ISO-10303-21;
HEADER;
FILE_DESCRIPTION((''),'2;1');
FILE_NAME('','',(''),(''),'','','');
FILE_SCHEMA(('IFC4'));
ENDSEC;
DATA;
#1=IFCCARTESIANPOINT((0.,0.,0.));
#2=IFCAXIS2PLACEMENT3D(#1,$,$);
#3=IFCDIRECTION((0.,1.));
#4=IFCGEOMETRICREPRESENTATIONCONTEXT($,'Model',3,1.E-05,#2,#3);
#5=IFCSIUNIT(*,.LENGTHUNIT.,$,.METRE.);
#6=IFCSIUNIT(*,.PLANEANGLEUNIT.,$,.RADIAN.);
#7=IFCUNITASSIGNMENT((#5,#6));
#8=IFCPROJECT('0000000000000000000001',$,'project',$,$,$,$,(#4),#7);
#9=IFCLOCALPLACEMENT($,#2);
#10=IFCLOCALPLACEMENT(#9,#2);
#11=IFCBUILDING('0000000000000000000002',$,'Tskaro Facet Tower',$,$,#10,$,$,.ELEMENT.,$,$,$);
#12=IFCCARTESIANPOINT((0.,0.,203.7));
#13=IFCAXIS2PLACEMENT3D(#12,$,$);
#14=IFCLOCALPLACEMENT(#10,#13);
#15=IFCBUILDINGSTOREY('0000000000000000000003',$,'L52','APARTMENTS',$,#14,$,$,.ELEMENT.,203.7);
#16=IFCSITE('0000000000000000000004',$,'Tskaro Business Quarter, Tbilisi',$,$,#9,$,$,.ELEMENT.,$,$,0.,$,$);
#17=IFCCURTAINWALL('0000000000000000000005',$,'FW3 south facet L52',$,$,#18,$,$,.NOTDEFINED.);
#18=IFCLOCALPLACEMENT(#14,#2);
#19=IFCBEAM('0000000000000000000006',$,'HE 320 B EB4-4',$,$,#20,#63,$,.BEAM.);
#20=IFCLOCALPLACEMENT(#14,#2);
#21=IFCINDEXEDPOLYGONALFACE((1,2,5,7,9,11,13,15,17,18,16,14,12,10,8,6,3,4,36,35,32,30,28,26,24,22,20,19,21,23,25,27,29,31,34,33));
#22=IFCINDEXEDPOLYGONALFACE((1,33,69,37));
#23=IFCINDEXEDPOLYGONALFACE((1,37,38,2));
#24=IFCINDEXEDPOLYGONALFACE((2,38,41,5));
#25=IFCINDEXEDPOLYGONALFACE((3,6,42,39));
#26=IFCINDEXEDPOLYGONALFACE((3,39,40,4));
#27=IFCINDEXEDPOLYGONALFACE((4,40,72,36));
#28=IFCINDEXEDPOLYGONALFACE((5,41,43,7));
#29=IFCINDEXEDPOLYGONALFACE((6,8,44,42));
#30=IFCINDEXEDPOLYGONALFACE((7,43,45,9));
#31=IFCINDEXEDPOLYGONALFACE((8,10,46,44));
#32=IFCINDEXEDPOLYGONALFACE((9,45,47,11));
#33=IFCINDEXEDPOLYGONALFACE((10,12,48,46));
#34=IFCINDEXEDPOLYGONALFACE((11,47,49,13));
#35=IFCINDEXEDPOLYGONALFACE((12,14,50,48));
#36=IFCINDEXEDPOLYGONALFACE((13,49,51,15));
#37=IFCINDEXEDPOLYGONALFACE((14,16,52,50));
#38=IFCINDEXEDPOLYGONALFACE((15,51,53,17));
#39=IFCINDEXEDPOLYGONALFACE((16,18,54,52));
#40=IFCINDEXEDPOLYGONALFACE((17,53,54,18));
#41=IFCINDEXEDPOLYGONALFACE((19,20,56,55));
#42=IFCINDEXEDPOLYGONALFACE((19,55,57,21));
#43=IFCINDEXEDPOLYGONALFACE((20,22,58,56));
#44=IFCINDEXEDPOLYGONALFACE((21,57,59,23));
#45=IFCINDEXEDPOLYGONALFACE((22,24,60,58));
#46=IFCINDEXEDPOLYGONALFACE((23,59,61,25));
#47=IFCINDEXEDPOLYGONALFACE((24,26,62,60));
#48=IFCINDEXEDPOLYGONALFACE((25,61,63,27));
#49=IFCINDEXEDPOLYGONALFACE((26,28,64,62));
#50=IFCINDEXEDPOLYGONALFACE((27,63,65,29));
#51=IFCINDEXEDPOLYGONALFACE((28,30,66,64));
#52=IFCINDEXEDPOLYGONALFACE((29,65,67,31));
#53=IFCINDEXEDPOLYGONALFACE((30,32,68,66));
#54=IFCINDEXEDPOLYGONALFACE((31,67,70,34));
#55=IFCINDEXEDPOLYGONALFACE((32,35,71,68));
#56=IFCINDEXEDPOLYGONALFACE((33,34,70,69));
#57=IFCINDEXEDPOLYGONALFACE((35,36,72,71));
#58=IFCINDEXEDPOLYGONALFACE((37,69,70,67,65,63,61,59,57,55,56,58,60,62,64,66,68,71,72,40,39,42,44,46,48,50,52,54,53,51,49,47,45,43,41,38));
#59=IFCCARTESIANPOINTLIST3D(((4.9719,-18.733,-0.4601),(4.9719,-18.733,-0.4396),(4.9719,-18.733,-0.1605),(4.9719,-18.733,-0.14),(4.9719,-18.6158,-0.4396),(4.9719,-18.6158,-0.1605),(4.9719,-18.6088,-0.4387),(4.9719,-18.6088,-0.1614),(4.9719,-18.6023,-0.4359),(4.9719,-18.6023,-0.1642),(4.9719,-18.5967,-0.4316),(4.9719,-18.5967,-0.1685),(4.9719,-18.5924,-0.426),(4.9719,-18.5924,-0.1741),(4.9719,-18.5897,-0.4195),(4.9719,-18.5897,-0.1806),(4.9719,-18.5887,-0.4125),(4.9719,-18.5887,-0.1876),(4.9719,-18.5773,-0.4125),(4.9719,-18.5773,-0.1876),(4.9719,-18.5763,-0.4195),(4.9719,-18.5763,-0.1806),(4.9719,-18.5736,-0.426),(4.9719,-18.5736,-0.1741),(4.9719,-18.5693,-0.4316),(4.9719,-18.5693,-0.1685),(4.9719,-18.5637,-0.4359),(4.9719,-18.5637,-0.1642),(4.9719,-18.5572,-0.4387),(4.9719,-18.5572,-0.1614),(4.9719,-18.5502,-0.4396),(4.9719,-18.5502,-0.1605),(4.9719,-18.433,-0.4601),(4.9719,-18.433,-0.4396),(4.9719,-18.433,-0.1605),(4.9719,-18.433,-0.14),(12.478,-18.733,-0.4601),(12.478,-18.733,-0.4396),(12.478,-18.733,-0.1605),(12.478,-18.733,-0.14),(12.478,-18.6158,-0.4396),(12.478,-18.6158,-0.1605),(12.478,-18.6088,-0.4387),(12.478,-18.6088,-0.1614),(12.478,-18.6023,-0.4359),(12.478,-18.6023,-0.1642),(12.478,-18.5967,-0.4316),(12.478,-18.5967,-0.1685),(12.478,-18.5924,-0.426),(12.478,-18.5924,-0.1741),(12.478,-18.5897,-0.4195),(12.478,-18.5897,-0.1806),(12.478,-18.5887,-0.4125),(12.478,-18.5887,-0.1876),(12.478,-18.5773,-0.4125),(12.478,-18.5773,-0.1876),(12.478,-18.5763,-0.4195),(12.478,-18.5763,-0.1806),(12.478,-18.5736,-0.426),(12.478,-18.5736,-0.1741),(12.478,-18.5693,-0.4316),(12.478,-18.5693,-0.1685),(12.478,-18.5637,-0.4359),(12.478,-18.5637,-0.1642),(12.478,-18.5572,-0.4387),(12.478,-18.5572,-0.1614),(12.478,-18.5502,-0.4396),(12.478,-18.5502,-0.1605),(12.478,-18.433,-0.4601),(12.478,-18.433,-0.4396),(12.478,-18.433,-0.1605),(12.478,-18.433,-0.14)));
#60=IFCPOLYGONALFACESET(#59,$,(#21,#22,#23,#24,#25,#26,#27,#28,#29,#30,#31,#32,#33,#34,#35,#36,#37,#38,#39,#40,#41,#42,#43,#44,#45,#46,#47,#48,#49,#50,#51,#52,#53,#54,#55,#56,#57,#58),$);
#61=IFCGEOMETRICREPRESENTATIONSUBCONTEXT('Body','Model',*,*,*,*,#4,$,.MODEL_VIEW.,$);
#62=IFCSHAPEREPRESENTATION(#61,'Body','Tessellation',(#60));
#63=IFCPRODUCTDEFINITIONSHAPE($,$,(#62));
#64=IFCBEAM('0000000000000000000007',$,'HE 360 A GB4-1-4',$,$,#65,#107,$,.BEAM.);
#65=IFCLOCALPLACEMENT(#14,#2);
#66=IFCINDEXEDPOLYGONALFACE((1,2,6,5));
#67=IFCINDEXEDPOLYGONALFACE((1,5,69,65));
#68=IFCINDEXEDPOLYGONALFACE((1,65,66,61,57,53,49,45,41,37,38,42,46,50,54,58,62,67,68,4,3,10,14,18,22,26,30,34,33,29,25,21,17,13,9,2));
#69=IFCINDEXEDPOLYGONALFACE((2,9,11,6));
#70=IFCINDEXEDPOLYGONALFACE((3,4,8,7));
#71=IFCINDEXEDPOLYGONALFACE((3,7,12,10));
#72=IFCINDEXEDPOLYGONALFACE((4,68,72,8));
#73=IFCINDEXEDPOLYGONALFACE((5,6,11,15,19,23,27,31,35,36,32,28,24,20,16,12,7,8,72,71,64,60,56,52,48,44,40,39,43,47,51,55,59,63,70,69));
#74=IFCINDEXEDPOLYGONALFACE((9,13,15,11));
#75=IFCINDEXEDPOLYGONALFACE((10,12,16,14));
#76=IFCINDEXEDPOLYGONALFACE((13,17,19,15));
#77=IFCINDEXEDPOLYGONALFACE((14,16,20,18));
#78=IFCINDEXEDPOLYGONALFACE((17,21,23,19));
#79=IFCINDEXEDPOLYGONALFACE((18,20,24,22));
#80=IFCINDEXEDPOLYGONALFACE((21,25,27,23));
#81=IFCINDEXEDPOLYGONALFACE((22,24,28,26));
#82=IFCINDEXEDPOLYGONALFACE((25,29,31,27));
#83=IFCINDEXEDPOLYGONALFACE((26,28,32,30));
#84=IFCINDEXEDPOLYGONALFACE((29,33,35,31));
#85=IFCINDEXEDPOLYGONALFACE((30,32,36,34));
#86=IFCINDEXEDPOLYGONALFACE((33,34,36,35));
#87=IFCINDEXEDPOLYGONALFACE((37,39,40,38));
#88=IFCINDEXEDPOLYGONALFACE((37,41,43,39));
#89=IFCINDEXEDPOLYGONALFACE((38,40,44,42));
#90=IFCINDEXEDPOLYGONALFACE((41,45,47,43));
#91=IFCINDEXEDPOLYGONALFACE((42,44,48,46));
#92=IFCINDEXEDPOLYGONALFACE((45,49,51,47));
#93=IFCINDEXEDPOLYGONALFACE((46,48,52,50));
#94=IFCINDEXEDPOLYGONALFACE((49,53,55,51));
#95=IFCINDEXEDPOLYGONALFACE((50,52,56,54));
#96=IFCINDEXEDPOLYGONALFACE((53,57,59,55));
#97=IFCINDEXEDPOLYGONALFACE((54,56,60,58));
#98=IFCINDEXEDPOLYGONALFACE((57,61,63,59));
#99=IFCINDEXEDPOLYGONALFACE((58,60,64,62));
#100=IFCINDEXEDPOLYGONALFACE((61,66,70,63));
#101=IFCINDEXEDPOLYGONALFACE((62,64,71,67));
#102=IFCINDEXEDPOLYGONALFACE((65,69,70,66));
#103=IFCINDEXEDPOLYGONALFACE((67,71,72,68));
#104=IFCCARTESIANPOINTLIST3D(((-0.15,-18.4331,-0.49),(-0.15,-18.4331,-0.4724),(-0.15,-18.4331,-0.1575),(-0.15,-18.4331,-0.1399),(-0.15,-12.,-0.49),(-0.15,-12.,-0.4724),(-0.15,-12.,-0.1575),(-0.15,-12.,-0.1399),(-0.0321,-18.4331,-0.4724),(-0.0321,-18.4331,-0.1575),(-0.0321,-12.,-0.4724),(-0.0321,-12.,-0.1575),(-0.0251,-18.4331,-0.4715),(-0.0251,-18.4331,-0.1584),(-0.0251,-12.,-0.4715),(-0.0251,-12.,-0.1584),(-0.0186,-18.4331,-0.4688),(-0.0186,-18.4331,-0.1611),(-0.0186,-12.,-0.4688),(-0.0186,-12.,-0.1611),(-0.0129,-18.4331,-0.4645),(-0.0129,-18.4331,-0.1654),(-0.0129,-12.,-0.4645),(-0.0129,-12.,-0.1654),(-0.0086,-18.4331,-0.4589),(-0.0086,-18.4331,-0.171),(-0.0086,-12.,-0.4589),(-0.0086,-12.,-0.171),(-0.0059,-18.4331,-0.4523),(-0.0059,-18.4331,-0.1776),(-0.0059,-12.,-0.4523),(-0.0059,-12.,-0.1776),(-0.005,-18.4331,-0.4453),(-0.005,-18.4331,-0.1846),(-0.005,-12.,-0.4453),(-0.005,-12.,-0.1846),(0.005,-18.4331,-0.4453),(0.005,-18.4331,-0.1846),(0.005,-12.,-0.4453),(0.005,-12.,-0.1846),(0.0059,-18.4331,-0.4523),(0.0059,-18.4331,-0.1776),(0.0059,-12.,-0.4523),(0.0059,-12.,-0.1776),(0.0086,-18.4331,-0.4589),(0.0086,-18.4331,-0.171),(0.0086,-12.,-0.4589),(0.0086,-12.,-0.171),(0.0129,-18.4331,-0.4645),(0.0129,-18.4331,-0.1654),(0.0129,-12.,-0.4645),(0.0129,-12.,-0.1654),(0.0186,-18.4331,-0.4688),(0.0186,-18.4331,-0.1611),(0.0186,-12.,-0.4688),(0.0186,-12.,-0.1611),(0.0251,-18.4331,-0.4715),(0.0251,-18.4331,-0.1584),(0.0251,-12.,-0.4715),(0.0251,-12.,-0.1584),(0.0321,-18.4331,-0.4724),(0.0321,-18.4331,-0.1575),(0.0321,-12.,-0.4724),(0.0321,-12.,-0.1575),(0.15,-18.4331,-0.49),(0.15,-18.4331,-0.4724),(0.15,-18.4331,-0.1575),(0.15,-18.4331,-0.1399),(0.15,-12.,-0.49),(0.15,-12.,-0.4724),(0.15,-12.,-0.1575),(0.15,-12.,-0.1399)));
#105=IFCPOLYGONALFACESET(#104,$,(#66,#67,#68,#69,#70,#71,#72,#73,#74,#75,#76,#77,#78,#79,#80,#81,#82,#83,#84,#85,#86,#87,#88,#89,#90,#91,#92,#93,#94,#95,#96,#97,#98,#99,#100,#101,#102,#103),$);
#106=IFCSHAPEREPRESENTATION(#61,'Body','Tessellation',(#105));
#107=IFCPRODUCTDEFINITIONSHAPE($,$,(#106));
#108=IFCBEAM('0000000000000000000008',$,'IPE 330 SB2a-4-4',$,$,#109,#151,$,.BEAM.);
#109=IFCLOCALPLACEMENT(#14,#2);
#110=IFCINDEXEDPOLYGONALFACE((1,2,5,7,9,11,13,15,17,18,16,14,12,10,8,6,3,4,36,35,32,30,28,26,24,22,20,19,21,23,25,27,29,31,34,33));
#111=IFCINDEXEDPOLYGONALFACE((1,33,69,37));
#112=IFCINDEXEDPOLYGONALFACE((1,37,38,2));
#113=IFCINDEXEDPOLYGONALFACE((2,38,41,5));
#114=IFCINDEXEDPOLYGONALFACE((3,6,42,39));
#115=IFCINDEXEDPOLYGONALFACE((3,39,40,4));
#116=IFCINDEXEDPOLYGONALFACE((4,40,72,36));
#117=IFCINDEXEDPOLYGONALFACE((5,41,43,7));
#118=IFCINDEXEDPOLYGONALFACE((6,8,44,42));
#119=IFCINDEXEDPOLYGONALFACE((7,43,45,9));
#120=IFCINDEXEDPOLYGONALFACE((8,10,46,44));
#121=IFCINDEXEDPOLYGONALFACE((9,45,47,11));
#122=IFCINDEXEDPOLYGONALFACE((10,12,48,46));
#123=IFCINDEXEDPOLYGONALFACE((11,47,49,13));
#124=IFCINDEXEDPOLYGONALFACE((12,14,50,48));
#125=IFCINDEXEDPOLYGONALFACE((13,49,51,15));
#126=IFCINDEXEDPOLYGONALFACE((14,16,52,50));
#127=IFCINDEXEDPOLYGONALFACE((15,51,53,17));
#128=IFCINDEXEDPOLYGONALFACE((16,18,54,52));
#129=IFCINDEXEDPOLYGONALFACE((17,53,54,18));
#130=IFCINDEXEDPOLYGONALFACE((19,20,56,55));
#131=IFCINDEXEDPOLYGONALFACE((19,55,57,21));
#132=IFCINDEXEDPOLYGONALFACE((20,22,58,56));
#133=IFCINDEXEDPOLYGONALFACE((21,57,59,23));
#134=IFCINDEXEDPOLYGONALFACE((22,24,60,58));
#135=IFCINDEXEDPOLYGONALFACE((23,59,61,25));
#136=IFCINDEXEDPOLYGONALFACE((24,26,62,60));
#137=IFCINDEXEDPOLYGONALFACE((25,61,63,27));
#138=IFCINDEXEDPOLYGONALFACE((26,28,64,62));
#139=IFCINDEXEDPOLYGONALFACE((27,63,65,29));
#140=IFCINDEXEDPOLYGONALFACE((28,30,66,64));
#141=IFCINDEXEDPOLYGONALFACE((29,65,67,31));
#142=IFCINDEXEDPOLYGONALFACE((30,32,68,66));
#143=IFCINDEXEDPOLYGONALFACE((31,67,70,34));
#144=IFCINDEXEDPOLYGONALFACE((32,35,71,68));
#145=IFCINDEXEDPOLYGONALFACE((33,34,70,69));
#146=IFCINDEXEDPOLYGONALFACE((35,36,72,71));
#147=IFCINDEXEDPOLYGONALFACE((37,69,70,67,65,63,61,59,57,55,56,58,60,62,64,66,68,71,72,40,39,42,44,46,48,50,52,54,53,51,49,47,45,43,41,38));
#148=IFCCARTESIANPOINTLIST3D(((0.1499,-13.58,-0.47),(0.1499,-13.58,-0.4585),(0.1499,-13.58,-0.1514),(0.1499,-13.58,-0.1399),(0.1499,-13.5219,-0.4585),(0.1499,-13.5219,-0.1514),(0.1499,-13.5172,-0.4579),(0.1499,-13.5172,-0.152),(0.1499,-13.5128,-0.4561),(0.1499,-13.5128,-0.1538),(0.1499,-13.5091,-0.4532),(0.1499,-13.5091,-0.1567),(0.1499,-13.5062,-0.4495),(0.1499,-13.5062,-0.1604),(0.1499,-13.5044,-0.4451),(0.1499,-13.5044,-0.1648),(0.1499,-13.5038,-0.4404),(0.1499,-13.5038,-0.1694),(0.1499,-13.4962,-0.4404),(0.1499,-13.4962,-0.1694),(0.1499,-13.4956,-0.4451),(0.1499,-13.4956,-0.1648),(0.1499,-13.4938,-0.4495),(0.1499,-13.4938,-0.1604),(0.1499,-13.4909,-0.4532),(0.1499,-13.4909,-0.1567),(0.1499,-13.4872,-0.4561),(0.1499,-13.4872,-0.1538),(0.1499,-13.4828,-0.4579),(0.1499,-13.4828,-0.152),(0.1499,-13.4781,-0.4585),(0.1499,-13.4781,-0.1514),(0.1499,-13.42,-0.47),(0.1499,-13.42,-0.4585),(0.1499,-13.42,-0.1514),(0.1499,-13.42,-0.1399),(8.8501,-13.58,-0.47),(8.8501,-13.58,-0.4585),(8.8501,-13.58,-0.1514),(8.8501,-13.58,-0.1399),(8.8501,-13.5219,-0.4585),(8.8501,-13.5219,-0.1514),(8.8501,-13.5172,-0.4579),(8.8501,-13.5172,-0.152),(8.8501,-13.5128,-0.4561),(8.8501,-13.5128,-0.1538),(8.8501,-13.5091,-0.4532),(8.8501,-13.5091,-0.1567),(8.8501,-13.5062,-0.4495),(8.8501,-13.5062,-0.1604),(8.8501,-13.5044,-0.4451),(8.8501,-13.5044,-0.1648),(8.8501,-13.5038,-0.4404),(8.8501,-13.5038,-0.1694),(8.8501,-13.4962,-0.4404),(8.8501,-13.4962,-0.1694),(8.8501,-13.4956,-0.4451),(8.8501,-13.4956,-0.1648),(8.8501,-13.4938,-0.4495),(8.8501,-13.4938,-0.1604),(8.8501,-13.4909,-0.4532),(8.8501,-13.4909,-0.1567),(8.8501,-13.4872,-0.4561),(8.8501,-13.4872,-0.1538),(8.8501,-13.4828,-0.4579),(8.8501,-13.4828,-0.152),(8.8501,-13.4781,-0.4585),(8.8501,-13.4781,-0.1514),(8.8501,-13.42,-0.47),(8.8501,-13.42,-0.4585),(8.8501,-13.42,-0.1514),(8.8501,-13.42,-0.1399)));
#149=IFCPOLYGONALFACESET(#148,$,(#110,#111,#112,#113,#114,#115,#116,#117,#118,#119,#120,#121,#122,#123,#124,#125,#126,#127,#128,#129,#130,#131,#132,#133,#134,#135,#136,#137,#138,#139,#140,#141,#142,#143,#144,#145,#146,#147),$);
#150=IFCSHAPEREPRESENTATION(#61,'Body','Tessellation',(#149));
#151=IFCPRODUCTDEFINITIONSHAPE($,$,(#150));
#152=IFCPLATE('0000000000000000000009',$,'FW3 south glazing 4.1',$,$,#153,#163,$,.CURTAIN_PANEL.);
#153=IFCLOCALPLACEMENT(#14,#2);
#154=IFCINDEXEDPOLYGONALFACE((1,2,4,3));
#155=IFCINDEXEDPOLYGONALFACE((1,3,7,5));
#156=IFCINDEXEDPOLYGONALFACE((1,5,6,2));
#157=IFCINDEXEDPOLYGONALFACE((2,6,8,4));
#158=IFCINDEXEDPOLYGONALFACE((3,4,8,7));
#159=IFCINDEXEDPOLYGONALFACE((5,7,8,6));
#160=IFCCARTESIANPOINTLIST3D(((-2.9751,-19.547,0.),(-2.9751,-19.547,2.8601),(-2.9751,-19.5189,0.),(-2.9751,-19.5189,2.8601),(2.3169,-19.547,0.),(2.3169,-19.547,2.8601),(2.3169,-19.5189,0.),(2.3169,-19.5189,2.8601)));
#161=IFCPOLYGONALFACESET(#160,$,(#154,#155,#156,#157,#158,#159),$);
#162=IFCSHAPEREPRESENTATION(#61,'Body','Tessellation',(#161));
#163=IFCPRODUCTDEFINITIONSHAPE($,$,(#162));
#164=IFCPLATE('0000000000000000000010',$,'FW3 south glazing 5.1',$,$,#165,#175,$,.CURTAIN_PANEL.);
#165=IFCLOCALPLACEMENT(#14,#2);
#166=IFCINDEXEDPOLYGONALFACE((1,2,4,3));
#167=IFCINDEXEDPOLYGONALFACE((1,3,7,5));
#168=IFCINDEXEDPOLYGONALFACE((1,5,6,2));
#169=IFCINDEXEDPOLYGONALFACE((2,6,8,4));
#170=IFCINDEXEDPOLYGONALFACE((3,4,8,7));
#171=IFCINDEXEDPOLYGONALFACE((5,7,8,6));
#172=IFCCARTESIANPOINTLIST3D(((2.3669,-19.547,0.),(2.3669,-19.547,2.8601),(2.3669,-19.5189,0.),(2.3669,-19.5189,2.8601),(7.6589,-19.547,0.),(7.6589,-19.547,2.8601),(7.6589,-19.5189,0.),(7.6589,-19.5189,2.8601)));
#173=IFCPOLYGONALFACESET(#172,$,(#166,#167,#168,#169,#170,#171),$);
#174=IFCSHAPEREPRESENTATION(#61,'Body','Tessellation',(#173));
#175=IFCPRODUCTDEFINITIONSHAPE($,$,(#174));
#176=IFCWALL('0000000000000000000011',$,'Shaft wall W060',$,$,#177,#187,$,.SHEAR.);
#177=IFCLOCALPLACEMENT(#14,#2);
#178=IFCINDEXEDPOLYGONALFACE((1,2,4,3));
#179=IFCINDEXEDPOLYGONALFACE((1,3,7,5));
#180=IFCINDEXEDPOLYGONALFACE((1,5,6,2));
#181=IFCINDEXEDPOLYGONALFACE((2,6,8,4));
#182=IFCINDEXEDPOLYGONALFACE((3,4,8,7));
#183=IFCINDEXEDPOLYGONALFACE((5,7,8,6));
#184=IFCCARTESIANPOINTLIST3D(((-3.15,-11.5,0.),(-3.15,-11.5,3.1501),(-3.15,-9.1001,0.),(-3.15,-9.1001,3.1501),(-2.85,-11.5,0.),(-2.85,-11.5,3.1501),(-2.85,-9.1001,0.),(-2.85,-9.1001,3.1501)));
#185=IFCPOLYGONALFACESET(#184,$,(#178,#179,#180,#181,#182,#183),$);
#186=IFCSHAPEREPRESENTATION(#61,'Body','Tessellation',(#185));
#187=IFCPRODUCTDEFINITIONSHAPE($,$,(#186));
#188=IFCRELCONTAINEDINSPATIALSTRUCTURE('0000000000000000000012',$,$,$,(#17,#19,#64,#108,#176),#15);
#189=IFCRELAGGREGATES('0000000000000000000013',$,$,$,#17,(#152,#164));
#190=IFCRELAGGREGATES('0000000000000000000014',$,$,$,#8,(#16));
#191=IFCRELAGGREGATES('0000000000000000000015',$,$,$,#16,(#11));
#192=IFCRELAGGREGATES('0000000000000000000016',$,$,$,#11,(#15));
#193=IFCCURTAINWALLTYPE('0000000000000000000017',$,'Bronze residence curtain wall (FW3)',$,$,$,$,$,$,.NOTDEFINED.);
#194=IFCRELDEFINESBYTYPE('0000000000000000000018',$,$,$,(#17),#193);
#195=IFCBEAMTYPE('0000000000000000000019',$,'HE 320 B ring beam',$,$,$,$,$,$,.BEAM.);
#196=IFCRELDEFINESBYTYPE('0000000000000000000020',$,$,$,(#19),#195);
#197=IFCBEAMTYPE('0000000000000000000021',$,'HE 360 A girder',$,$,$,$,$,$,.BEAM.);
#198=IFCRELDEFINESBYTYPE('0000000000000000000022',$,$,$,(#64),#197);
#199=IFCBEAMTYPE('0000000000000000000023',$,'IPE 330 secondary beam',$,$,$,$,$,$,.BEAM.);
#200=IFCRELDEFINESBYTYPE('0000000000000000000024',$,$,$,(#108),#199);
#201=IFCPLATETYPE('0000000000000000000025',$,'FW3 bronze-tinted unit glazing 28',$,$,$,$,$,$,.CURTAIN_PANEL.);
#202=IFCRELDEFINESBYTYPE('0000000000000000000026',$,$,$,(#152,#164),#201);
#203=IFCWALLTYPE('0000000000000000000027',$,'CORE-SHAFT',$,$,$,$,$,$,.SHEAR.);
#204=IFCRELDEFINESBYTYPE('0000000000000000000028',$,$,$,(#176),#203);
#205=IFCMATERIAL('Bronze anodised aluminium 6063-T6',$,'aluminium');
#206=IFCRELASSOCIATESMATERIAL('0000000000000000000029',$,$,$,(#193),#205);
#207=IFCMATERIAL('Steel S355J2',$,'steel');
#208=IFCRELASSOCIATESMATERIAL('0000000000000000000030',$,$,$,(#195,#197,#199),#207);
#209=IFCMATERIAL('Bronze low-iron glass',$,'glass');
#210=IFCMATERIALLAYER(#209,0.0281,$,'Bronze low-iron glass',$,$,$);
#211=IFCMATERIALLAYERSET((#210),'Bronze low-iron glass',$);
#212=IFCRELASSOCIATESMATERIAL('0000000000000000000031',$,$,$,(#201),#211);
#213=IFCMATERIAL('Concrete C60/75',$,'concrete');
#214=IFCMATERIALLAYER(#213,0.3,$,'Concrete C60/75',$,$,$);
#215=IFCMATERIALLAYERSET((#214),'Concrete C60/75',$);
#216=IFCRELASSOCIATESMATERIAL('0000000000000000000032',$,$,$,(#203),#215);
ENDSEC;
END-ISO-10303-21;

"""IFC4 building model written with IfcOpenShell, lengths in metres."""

from ifc_helpers import new_model, si_unit, direction, frame, frame_2d, origin, origin_2d, place, context, subcontext, project, spatial, rectangle, i_section, extrude, material, layer, layer_set, material_profile, profile_set, type_object, element, aggregate, save


model = new_model("IFC4")

# Units and contexts
model_context = context("Model", 3, precision=1e-05, world=origin(), true_north=direction((0.0, 1.0)))
body_context = subcontext(model_context, "Body", "Model", "MODEL_VIEW")
ifc_project = project(units=[si_unit("LENGTHUNIT", "METRE"), si_unit("PLANEANGLEUNIT", "RADIAN")], contexts=[model_context])

# Site, building, storey
site_placement = place(None, origin())
site = spatial("IfcSite", under=ifc_project, at=site_placement, Name="Tskaro Business Quarter, Tbilisi", CompositionType="ELEMENT", RefElevation=0.0)
building_placement = place(site_placement, origin())
building = spatial("IfcBuilding", under=site, at=building_placement, Name="Tskaro Facet Tower", CompositionType="ELEMENT")
storey_placement = place(building_placement, frame((0.0, 0.0, 203.7)))
storey = spatial("IfcBuildingStorey", under=building, at=storey_placement, Name="L52", Description="APARTMENTS", CompositionType="ELEMENT", Elevation=203.7)

# Curtain wall
ifc_material_1 = material(Name="Bronze anodised aluminium 6063-T6", Category="aluminium")
curtain_wall_type = type_object("IfcCurtainWallType", Name="Bronze residence curtain wall (FW3)", PredefinedType="NOTDEFINED", material=ifc_material_1)
curtain_wall_placement = place(storey_placement, origin())
curtain_wall = element("IfcCurtainWall", 1, at=curtain_wall_placement, inside=storey, type_object=curtain_wall_type, Name="FW3 south facet L52", PredefinedType="NOTDEFINED")

# Beams
ifc_material_2 = material(Name="Steel S355J2", Category="steel")
ifc_material_profile_1 = material_profile(ifc_material_2, i_section(OverallWidth=0.3, OverallDepth=0.3201, WebThickness=0.0115, FlangeThickness=0.0205, FilletRadius=0.0271, at=origin_2d()), Name="HE 320 B")
ifc_profile_set_1 = profile_set([ifc_material_profile_1], Name="Steel S355J2")
beam_type_1 = type_object("IfcBeamType", Name="HE 320 B ring beam", PredefinedType="BEAM", material=ifc_profile_set_1)
beam_1_placement = place(storey_placement, frame((4.9719, -18.583, -0.3), z_axis=(1.0, 0.0, 0.0), x_axis=(0.0, 1.0, 0.0)))
element("IfcBeam", 2, at=beam_1_placement, inside=storey, type_object=beam_type_1, Name="HE 320 B EB4-4", PredefinedType="BEAM", context=body_context, shape_type="SweptSolid", body=[
    extrude(i_section(OverallWidth=0.3, OverallDepth=0.3201, WebThickness=0.0115, FlangeThickness=0.0205, FilletRadius=0.0271, at=origin_2d()), origin(), (0.0, 0.0, 1.0), 7.5061),
])
ifc_material_profile_2 = material_profile(ifc_material_2, i_section(OverallWidth=0.3, OverallDepth=0.3501, WebThickness=0.01, FlangeThickness=0.0176, FilletRadius=0.0271, at=origin_2d()), Name="HE 360 A")
ifc_profile_set_2 = profile_set([ifc_material_profile_2], Name="Steel S355J2")
beam_type_2 = type_object("IfcBeamType", Name="HE 360 A girder", PredefinedType="BEAM", material=ifc_profile_set_2)
beam_2_placement = place(storey_placement, frame((0.0, -18.4331, -0.3149), z_axis=(0.0, 1.0, 0.0), x_axis=(-1.0, 0.0, 0.0)))
element("IfcBeam", 3, at=beam_2_placement, inside=storey, type_object=beam_type_2, Name="HE 360 A GB4-1-4", PredefinedType="BEAM", context=body_context, shape_type="SweptSolid", body=[
    extrude(i_section(OverallWidth=0.3, OverallDepth=0.3501, WebThickness=0.01, FlangeThickness=0.0176, FilletRadius=0.0271, at=origin_2d()), origin(), (0.0, 0.0, 1.0), 6.4331),
])
ifc_material_profile_3 = material_profile(ifc_material_2, i_section(OverallWidth=0.1599, OverallDepth=0.3301, WebThickness=0.0076, FlangeThickness=0.0115, FilletRadius=0.0181, at=origin_2d()), Name="IPE 330")
ifc_profile_set_3 = profile_set([ifc_material_profile_3], Name="Steel S355J2")
beam_type_3 = type_object("IfcBeamType", Name="IPE 330 secondary beam", PredefinedType="BEAM", material=ifc_profile_set_3)
beam_3_placement = place(storey_placement, frame((0.1499, -13.5, -0.3049), z_axis=(1.0, 0.0, 0.0), x_axis=(0.0, 1.0, 0.0)))
element("IfcBeam", 4, at=beam_3_placement, inside=storey, type_object=beam_type_3, Name="IPE 330 SB2a-4-4", PredefinedType="BEAM", context=body_context, shape_type="SweptSolid", body=[
    extrude(i_section(OverallWidth=0.1599, OverallDepth=0.3301, WebThickness=0.0076, FlangeThickness=0.0115, FilletRadius=0.0181, at=origin_2d()), origin(), (0.0, 0.0, 1.0), 8.7002),
])

# Plates
ifc_material_3 = material(Name="Bronze low-iron glass", Category="glass")
ifc_layer_1 = layer(ifc_material_3, 0.0281, Name="Bronze low-iron glass")
ifc_layer_set_1 = layer_set([ifc_layer_1], Name="Bronze low-iron glass")
plate_type = type_object("IfcPlateType", Name="FW3 bronze-tinted unit glazing 28", PredefinedType="CURTAIN_PANEL", material=ifc_layer_set_1)
plate_1_placement = place(storey_placement, frame((-0.3291, -19.533, 0.0), z_axis=(0.0, 0.0, 1.0), x_axis=(1.0, 0.0, 0.0)))
plate_1 = element("IfcPlate", 5, at=plate_1_placement, type_object=plate_type, Name="FW3 south glazing 4.1", PredefinedType="CURTAIN_PANEL", context=body_context, shape_type="SweptSolid", body=[
    extrude(rectangle(XDim=5.292, YDim=0.0281, at=origin_2d()), origin(), (0.0, 0.0, 1.0), 2.8601),
])
plate_2_placement = place(storey_placement, frame((5.0129, -19.533, 0.0), z_axis=(0.0, 0.0, 1.0), x_axis=(1.0, 0.0, 0.0)))
plate_2 = element("IfcPlate", 6, at=plate_2_placement, type_object=plate_type, Name="FW3 south glazing 5.1", PredefinedType="CURTAIN_PANEL", context=body_context, shape_type="SweptSolid", body=[
    extrude(rectangle(XDim=5.292, YDim=0.0281, at=origin_2d()), origin(), (0.0, 0.0, 1.0), 2.8601),
])
aggregate(curtain_wall, [plate_1, plate_2])

# Wall
ifc_material_4 = material(Name="Concrete C60/75", Category="concrete")
ifc_layer_2 = layer(ifc_material_4, 0.3, Name="Concrete C60/75")
ifc_layer_set_2 = layer_set([ifc_layer_2], Name="Concrete C60/75")
wall_type = type_object("IfcWallType", Name="CORE-SHAFT", PredefinedType="SHEAR", material=ifc_layer_set_2)
for number, where, z_axis, x_axis, name in (
    (7, (-3.0, -11.5, 0.0), (0.0, 0.0, 1.0), (0.0, 1.0, 0.0), "Shaft wall W060"),
):
    element("IfcWall", number, at=place(storey_placement, frame(where, z_axis=z_axis, x_axis=x_axis)), inside=storey, type_object=wall_type, Name=name, PredefinedType="SHEAR", context=body_context, shape_type="SweptSolid", body=[
        extrude(rectangle(XDim=2.3999, YDim=0.3, at=frame_2d((1.2, 0.0))), origin(), (0.0, 0.0, 1.0), 3.1501),
    ])

save(model, "model.ifc")
